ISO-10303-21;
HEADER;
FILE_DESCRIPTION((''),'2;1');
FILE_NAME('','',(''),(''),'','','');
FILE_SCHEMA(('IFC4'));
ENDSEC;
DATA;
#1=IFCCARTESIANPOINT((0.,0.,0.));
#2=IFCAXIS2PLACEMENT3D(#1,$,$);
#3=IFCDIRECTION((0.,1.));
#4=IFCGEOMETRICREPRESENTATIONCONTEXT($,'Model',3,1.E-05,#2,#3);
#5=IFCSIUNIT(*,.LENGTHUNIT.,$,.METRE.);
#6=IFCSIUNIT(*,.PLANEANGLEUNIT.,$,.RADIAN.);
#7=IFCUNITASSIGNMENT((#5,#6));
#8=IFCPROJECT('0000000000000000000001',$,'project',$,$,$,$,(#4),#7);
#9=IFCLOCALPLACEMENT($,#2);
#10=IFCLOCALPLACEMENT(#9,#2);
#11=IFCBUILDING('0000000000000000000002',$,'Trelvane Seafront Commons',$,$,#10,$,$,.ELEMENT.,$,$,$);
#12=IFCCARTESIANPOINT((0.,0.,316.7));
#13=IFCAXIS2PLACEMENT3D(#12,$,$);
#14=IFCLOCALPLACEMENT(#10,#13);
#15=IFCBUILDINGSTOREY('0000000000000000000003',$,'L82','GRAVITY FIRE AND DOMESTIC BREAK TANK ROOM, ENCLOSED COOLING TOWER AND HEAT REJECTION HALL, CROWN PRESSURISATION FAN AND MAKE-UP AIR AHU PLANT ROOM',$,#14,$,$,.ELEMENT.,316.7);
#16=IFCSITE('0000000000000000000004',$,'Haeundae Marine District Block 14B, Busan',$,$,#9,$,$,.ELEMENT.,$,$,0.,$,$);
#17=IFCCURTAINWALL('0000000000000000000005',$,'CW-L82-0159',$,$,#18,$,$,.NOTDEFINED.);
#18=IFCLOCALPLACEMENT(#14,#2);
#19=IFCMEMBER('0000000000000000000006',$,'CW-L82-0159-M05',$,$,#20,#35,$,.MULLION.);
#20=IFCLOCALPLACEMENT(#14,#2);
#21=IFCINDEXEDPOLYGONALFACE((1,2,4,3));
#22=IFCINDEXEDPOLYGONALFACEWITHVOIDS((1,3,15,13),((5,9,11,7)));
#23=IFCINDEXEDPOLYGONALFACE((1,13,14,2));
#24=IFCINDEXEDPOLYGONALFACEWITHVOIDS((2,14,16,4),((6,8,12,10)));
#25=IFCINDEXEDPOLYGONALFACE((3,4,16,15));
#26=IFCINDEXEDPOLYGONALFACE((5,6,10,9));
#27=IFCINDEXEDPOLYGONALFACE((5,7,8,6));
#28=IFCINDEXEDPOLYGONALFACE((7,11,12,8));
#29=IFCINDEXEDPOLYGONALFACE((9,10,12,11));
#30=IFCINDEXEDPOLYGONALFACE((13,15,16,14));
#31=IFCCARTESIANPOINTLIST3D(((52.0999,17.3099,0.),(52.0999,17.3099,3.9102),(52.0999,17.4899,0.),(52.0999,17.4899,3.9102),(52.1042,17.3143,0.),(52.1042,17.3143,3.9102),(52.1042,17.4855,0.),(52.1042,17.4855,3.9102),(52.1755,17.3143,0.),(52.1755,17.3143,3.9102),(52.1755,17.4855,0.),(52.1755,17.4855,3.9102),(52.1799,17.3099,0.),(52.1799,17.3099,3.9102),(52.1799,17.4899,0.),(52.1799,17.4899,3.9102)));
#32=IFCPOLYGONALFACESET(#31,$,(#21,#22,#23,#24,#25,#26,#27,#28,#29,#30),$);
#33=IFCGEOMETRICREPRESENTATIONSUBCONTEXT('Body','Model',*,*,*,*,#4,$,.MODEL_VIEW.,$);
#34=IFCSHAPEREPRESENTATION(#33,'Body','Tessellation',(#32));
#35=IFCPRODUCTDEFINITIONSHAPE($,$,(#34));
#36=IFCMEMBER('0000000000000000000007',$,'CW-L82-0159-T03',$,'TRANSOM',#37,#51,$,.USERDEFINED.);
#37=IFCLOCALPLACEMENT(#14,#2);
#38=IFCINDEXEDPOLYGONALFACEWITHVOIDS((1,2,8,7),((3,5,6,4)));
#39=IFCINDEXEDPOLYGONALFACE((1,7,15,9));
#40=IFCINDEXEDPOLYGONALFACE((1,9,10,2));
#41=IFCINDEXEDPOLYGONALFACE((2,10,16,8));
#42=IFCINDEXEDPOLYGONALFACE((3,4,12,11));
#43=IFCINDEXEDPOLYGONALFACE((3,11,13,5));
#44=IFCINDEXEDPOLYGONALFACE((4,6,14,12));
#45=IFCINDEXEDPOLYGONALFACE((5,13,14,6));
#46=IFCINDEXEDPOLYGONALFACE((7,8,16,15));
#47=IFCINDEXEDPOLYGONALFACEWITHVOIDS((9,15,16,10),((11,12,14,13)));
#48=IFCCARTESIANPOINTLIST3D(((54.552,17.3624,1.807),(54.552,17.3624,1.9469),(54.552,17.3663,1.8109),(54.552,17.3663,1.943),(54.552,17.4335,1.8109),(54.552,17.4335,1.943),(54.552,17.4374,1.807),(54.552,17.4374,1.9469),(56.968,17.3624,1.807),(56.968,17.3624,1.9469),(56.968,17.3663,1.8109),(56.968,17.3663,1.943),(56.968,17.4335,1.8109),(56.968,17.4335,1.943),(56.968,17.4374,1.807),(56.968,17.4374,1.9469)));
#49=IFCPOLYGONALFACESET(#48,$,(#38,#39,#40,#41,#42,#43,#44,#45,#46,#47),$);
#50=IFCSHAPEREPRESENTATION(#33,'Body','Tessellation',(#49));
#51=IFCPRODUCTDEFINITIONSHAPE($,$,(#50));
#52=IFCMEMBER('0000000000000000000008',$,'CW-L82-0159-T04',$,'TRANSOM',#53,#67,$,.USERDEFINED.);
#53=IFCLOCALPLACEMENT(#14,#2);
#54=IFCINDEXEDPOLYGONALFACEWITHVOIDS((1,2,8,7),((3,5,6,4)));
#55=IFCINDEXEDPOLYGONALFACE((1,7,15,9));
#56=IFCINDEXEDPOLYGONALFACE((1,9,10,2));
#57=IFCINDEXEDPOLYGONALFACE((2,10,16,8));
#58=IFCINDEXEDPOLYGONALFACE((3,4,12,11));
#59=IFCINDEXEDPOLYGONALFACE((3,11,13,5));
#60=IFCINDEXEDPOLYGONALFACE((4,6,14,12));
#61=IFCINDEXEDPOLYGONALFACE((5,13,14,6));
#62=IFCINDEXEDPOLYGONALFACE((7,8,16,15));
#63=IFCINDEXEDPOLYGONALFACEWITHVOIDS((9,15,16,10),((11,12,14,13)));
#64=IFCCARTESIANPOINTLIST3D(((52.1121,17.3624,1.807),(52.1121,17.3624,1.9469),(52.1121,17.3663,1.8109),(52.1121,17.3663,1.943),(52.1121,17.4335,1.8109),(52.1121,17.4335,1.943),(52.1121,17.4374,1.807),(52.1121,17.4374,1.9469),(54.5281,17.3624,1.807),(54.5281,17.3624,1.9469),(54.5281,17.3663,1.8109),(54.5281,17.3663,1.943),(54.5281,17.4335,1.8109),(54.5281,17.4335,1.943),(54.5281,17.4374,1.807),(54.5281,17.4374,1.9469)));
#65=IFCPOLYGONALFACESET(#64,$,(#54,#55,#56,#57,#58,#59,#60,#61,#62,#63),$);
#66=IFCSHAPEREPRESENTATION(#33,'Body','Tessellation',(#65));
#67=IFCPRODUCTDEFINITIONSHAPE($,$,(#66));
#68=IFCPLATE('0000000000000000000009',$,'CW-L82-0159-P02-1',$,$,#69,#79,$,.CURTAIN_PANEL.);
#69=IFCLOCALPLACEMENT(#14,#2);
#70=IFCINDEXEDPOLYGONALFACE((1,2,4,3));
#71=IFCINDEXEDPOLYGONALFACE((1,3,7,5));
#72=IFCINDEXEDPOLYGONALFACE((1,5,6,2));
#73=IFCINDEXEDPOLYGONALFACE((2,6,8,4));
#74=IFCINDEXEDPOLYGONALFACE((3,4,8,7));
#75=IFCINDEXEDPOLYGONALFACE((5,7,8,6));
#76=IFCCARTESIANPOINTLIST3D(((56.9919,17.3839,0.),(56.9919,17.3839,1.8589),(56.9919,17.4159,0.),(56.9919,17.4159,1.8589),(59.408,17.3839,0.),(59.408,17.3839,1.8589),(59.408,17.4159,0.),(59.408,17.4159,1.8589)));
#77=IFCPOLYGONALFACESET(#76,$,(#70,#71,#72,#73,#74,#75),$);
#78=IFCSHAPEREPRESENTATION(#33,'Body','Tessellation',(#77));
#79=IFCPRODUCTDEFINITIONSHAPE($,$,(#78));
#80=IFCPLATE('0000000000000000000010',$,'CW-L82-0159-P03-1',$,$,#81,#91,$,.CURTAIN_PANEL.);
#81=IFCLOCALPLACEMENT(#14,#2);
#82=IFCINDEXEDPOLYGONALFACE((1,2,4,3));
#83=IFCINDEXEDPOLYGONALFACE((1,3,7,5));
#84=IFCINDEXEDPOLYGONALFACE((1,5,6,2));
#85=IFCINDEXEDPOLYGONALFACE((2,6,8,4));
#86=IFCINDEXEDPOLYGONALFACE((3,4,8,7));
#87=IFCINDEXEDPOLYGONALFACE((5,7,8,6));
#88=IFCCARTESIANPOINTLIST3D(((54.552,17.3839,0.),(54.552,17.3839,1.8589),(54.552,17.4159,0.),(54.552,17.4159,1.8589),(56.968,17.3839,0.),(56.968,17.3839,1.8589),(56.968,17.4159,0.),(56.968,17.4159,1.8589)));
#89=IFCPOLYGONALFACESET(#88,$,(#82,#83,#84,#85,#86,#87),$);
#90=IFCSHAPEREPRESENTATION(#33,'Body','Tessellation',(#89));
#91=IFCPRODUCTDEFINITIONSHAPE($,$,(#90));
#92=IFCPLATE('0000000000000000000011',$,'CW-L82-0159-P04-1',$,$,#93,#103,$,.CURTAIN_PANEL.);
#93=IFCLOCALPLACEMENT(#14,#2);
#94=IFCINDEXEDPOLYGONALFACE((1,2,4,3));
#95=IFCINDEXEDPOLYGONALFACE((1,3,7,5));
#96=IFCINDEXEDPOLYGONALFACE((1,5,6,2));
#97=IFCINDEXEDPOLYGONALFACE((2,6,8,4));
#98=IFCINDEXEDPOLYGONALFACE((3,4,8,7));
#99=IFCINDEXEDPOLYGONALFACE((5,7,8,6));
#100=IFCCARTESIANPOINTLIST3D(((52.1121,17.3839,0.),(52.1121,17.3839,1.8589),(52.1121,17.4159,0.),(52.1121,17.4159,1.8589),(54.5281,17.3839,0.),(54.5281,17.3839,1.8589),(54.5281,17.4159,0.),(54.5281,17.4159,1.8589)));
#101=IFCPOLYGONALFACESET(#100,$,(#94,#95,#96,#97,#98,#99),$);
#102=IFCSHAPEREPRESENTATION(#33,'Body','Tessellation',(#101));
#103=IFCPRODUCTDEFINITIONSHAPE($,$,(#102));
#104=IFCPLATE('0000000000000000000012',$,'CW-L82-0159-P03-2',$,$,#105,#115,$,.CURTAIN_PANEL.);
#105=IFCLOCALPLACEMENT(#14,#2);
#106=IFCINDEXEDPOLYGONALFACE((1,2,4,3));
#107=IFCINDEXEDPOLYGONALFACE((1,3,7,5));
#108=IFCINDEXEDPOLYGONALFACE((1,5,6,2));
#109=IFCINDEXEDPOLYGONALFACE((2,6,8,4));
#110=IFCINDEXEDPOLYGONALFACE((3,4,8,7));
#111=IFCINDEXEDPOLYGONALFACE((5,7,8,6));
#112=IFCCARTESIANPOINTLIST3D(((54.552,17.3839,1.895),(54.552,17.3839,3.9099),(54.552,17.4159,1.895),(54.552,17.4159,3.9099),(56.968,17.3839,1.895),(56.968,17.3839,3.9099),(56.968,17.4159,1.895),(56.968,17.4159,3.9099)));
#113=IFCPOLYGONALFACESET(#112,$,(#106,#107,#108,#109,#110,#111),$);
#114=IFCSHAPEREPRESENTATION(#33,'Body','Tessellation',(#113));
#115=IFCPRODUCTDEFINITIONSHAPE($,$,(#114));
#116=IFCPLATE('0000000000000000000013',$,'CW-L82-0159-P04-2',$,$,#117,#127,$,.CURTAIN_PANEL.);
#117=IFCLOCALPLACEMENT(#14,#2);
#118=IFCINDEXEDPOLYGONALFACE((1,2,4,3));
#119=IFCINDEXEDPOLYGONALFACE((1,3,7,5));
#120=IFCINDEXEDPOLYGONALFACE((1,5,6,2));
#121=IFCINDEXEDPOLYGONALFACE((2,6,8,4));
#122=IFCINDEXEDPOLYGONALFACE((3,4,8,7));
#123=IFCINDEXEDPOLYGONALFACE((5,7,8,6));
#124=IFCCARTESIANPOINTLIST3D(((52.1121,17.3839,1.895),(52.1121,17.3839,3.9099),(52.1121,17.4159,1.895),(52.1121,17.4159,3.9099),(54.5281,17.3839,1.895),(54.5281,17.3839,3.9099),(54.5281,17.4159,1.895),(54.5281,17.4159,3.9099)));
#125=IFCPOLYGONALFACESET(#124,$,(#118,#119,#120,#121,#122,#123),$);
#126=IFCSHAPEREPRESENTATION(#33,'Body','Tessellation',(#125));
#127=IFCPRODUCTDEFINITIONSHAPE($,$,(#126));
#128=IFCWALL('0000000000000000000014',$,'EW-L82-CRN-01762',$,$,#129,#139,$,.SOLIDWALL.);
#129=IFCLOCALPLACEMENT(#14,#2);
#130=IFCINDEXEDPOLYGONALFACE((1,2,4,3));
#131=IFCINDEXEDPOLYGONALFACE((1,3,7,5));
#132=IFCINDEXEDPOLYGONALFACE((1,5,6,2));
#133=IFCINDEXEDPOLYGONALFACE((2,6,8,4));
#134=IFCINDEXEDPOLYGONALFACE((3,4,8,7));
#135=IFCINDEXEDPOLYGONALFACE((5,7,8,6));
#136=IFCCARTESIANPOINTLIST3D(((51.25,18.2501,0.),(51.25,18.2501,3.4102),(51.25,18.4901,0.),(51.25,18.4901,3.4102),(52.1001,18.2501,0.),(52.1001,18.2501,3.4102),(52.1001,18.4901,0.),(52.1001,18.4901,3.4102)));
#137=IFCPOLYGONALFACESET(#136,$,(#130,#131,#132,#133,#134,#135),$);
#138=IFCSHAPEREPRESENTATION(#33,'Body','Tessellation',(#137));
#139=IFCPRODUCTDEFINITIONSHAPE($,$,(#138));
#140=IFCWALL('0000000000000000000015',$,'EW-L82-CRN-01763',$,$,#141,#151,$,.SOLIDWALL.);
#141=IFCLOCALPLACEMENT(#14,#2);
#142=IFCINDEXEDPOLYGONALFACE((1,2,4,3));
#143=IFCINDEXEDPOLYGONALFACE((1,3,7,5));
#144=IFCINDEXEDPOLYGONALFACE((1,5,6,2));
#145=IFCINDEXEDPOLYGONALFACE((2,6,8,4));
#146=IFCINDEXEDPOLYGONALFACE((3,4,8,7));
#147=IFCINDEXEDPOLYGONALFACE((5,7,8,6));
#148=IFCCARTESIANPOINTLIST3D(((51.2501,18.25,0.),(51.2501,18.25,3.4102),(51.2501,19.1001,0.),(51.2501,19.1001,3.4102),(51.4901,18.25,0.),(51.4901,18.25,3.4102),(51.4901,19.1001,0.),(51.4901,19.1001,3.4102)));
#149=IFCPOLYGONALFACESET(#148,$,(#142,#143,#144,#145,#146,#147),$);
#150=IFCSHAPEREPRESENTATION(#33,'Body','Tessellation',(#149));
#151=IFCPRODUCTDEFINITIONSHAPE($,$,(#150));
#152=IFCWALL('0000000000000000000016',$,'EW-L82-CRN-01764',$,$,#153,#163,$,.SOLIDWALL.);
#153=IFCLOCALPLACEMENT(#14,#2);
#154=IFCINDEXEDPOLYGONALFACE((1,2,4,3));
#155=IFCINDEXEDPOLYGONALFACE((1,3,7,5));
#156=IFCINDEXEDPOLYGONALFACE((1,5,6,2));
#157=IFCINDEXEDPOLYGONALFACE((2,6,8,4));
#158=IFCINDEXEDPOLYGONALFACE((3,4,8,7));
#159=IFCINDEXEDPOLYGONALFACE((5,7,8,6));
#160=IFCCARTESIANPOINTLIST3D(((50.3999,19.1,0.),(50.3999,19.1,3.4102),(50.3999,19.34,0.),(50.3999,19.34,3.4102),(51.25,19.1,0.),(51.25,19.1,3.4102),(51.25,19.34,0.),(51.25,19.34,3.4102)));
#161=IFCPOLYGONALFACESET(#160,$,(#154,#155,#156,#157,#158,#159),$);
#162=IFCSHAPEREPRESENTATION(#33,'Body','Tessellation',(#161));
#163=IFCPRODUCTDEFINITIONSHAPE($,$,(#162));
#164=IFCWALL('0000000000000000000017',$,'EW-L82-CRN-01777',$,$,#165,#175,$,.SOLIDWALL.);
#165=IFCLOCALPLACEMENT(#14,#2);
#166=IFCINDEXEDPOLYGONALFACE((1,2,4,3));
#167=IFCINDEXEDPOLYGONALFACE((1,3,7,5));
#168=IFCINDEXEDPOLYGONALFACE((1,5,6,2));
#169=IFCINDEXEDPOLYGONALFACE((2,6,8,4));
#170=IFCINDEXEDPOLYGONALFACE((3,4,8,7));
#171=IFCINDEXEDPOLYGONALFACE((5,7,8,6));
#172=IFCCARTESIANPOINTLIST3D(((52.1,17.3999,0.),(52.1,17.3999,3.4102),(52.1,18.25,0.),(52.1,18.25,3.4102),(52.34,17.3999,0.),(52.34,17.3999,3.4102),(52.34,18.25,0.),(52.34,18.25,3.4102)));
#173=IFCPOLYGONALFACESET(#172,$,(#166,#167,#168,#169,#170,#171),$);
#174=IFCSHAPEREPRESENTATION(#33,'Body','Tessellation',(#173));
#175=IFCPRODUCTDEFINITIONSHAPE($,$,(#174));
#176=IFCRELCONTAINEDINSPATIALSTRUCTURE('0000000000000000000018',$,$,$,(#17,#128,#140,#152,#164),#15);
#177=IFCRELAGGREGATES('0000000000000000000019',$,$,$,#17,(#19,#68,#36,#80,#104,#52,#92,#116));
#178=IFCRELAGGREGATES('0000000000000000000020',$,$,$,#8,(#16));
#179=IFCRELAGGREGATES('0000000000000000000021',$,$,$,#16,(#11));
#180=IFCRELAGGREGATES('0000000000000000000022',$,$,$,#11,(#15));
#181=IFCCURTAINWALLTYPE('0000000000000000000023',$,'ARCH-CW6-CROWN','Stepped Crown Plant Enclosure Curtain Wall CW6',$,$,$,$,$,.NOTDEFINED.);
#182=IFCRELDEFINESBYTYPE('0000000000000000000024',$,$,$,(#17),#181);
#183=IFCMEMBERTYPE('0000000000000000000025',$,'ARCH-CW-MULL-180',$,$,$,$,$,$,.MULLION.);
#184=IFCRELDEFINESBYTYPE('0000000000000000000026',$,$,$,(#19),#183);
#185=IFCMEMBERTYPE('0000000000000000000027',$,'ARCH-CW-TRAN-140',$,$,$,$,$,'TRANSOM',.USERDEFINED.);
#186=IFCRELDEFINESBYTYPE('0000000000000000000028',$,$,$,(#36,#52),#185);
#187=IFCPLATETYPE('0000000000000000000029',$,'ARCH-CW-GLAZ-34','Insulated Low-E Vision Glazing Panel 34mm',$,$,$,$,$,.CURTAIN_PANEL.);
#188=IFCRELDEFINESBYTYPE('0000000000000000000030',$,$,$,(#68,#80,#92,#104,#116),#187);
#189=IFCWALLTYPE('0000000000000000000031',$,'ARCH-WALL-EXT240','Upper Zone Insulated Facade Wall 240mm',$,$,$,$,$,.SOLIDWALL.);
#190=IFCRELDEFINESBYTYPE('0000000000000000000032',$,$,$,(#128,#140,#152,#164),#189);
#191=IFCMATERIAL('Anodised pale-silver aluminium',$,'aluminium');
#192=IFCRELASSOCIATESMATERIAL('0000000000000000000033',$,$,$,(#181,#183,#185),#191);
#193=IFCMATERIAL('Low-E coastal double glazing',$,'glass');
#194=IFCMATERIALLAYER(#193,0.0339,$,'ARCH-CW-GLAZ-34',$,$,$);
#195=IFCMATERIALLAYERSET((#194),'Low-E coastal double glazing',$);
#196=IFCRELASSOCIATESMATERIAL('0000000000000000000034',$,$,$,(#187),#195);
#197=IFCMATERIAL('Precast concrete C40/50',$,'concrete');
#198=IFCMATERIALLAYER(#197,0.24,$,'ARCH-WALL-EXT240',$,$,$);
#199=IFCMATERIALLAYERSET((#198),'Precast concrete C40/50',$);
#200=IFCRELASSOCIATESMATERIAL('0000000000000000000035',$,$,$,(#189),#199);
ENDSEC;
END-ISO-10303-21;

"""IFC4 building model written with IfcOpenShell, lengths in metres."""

from ifc_helpers import new_model, si_unit, direction, frame, frame_2d, origin, origin_2d, place, context, subcontext, project, spatial, rectangle, hollow_rectangle, extrude, source, transform, mapped, material, layer, layer_set, material_profile, profile_set, type_object, element, aggregate, save


model = new_model("IFC4")

# Units and contexts
model_context = context("Model", 3, precision=1e-05, world=origin(), true_north=direction((0.0, 1.0)))
body_context = subcontext(model_context, "Body", "Model", "MODEL_VIEW")
ifc_project = project(units=[si_unit("LENGTHUNIT", "METRE"), si_unit("PLANEANGLEUNIT", "RADIAN")], contexts=[model_context])

# Site, building, storey
site_placement = place(None, origin())
site = spatial("IfcSite", under=ifc_project, at=site_placement, Name="Haeundae Marine District Block 14B, Busan", CompositionType="ELEMENT", RefElevation=0.0)
building_placement = place(site_placement, origin())
building = spatial("IfcBuilding", under=site, at=building_placement, Name="Trelvane Seafront Commons", CompositionType="ELEMENT")
storey_placement = place(building_placement, frame((0.0, 0.0, 316.7)))
storey = spatial("IfcBuildingStorey", under=building, at=storey_placement, Name="L82", Description="GRAVITY FIRE AND DOMESTIC BREAK TANK ROOM, ENCLOSED COOLING TOWER AND HEAT REJECTION HALL, CROWN PRESSURISATION FAN AND MAKE-UP AIR AHU PLANT ROOM", CompositionType="ELEMENT", Elevation=316.7)

# Curtain wall, members, plates
ifc_material_1 = material(Name="Anodised pale-silver aluminium", Category="aluminium")
curtain_wall_type = type_object("IfcCurtainWallType", Name="ARCH-CW6-CROWN", Description="Stepped Crown Plant Enclosure Curtain Wall CW6", PredefinedType="NOTDEFINED", material=ifc_material_1)
curtain_wall_placement = place(storey_placement, origin())
curtain_wall = element("IfcCurtainWall", 1, at=curtain_wall_placement, inside=storey, type_object=curtain_wall_type, Name="CW-L82-0159", PredefinedType="NOTDEFINED")
ifc_material_profile_1 = material_profile(ifc_material_1, hollow_rectangle(XDim=0.0801, YDim=0.1799, WallThickness=0.0044, at=origin_2d()), Name="MULL-80x180x4.5")
ifc_profile_set_1 = profile_set([ifc_material_profile_1], Name="Anodised pale-silver aluminium")
member_type_1 = type_object("IfcMemberType", Name="ARCH-CW-MULL-180", PredefinedType="MULLION", material=ifc_profile_set_1)
shared_shape_1 = source(origin(), body_context, "Body", "SweptSolid", [
    extrude(hollow_rectangle(XDim=0.0801, YDim=0.1799, WallThickness=0.0044, at=origin_2d()), origin(), (0.0, 0.0, 1.0), 3.9102),
])
member_1_placement = place(storey_placement, frame((52.1399, 17.3999, 0.0), z_axis=(0.0, 0.0, 1.0), x_axis=(1.0, 0.0, 0.0)))
member_1 = element("IfcMember", 2, at=member_1_placement, type_object=member_type_1, Name="CW-L82-0159-M05", PredefinedType="MULLION", context=body_context, shape_type="MappedRepresentation", body=[
    mapped(shared_shape_1, transform((0.0, 0.0, 0.0), x_axis=(1.0, 0.0, 0.0), y_axis=(0.0, 1.0, 0.0), z_axis=(0.0, 0.0, 1.0), scale=1.0)),
])
ifc_material_profile_2 = material_profile(ifc_material_1, hollow_rectangle(XDim=0.075, YDim=0.1399, WallThickness=0.0039, at=origin_2d()), Name="TRAN-75x140x4")
ifc_profile_set_2 = profile_set([ifc_material_profile_2], Name="Anodised pale-silver aluminium")
member_type_2 = type_object("IfcMemberType", Name="ARCH-CW-TRAN-140", ElementType="TRANSOM", PredefinedType="USERDEFINED", material=ifc_profile_set_2)
shared_shape_2 = source(origin(), body_context, "Body", "SweptSolid", [
    extrude(hollow_rectangle(XDim=0.075, YDim=0.1399, WallThickness=0.0039, at=origin_2d()), origin(), (0.0, 0.0, 1.0), 2.416),
])
member_2_placement = place(storey_placement, frame((56.968, 17.3999, 1.877), z_axis=(-1.0, 0.0, 0.0), x_axis=(0.0, -1.0, 0.0)))
member_2 = element("IfcMember", 3, at=member_2_placement, type_object=member_type_2, Name="CW-L82-0159-T03", ObjectType="TRANSOM", PredefinedType="USERDEFINED", context=body_context, shape_type="MappedRepresentation", body=[
    mapped(shared_shape_2, transform((0.0, 0.0, 0.0), x_axis=(1.0, 0.0, 0.0), y_axis=(0.0, 1.0, 0.0), z_axis=(0.0, 0.0, 1.0), scale=1.0)),
])
member_3_placement = place(storey_placement, frame((54.5281, 17.3999, 1.877), z_axis=(-1.0, 0.0, 0.0), x_axis=(0.0, -1.0, 0.0)))
member_3 = element("IfcMember", 4, at=member_3_placement, type_object=member_type_2, Name="CW-L82-0159-T04", ObjectType="TRANSOM", PredefinedType="USERDEFINED", context=body_context, shape_type="MappedRepresentation", body=[
    mapped(shared_shape_2, transform((0.0, 0.0, 0.0), x_axis=(1.0, 0.0, 0.0), y_axis=(0.0, 1.0, 0.0), z_axis=(0.0, 0.0, 1.0), scale=1.0)),
])
ifc_material_2 = material(Name="Low-E coastal double glazing", Category="glass")
ifc_layer_1 = layer(ifc_material_2, 0.0339, Name="ARCH-CW-GLAZ-34")
ifc_layer_set_1 = layer_set([ifc_layer_1], Name="Low-E coastal double glazing")
plate_type = type_object("IfcPlateType", Name="ARCH-CW-GLAZ-34", Description="Insulated Low-E Vision Glazing Panel 34mm", PredefinedType="CURTAIN_PANEL", material=ifc_layer_set_1)
shared_shape_3 = source(origin(), body_context, "Body", "SweptSolid", [
    extrude(rectangle(XDim=2.416, YDim=0.032, at=origin_2d()), origin(), (0.0, 0.0, 1.0), 1.8589),
])
plate_1_placement = place(storey_placement, frame((58.2, 17.3999, 0.0), z_axis=(0.0, 0.0, 1.0), x_axis=(-1.0, 0.0, 0.0)))
plate_1 = element("IfcPlate", 5, at=plate_1_placement, type_object=plate_type, Name="CW-L82-0159-P02-1", PredefinedType="CURTAIN_PANEL", context=body_context, shape_type="MappedRepresentation", body=[
    mapped(shared_shape_3, transform((0.0, 0.0, 0.0), x_axis=(1.0, 0.0, 0.0), y_axis=(0.0, 1.0, 0.0), z_axis=(0.0, 0.0, 1.0), scale=1.0)),
])
plate_2_placement = place(storey_placement, frame((55.76, 17.3999, 0.0), z_axis=(0.0, 0.0, 1.0), x_axis=(-1.0, 0.0, 0.0)))
plate_2 = element("IfcPlate", 6, at=plate_2_placement, type_object=plate_type, Name="CW-L82-0159-P03-1", PredefinedType="CURTAIN_PANEL", context=body_context, shape_type="MappedRepresentation", body=[
    mapped(shared_shape_3, transform((0.0, 0.0, 0.0), x_axis=(1.0, 0.0, 0.0), y_axis=(0.0, 1.0, 0.0), z_axis=(0.0, 0.0, 1.0), scale=1.0)),
])
plate_3_placement = place(storey_placement, frame((53.3201, 17.3999, 0.0), z_axis=(0.0, 0.0, 1.0), x_axis=(-1.0, 0.0, 0.0)))
plate_3 = element("IfcPlate", 7, at=plate_3_placement, type_object=plate_type, Name="CW-L82-0159-P04-1", PredefinedType="CURTAIN_PANEL", context=body_context, shape_type="MappedRepresentation", body=[
    mapped(shared_shape_3, transform((0.0, 0.0, 0.0), x_axis=(1.0, 0.0, 0.0), y_axis=(0.0, 1.0, 0.0), z_axis=(0.0, 0.0, 1.0), scale=1.0)),
])
shared_shape_4 = source(origin(), body_context, "Body", "SweptSolid", [
    extrude(rectangle(XDim=2.416, YDim=0.032, at=origin_2d()), origin(), (0.0, 0.0, 1.0), 2.0149),
])
plate_4_placement = place(storey_placement, frame((55.76, 17.3999, 1.895), z_axis=(0.0, 0.0, 1.0), x_axis=(-1.0, 0.0, 0.0)))
plate_4 = element("IfcPlate", 8, at=plate_4_placement, type_object=plate_type, Name="CW-L82-0159-P03-2", PredefinedType="CURTAIN_PANEL", context=body_context, shape_type="MappedRepresentation", body=[
    mapped(shared_shape_4, transform((0.0, 0.0, 0.0), x_axis=(1.0, 0.0, 0.0), y_axis=(0.0, 1.0, 0.0), z_axis=(0.0, 0.0, 1.0), scale=1.0)),
])
plate_5_placement = place(storey_placement, frame((53.3201, 17.3999, 1.895), z_axis=(0.0, 0.0, 1.0), x_axis=(-1.0, 0.0, 0.0)))
plate_5 = element("IfcPlate", 9, at=plate_5_placement, type_object=plate_type, Name="CW-L82-0159-P04-2", PredefinedType="CURTAIN_PANEL", context=body_context, shape_type="MappedRepresentation", body=[
    mapped(shared_shape_4, transform((0.0, 0.0, 0.0), x_axis=(1.0, 0.0, 0.0), y_axis=(0.0, 1.0, 0.0), z_axis=(0.0, 0.0, 1.0), scale=1.0)),
])
aggregate(curtain_wall, [member_1, plate_1, member_2, plate_2, plate_4, member_3, plate_3, plate_5])

# Walls
ifc_material_3 = material(Name="Precast concrete C40/50", Category="concrete")
ifc_layer_2 = layer(ifc_material_3, 0.24, Name="ARCH-WALL-EXT240")
ifc_layer_set_2 = layer_set([ifc_layer_2], Name="Precast concrete C40/50")
wall_type_1 = type_object("IfcWallType", Name="ARCH-WALL-EXT240", Description="Upper Zone Insulated Facade Wall 240mm", PredefinedType="SOLIDWALL", material=ifc_layer_set_2)
for number, where, z_axis, x_axis, name in (
    (10, (52.1001, 18.3701, 0.0), (0.0, 0.0, 1.0), (-1.0, 0.0, 0.0), "EW-L82-CRN-01762"),
    (11, (51.3701, 18.25, 0.0), (0.0, 0.0, 1.0), (0.0, 1.0, 0.0), "EW-L82-CRN-01763"),
    (12, (51.25, 19.22, 0.0), (0.0, 0.0, 1.0), (-1.0, 0.0, 0.0), "EW-L82-CRN-01764"),
    (13, (52.22, 17.3999, 0.0), (0.0, 0.0, 1.0), (0.0, 1.0, 0.0), "EW-L82-CRN-01777"),
):
    element("IfcWall", number, at=place(storey_placement, frame(where, z_axis=z_axis, x_axis=x_axis)), inside=storey, type_object=wall_type_1, Name=name, PredefinedType="SOLIDWALL", context=body_context, shape_type="SweptSolid", body=[
        extrude(rectangle(XDim=0.8501, YDim=0.24, at=frame_2d((0.425, 0.0))), origin(), (0.0, 0.0, 1.0), 3.4102),
    ])

save(model, "model.ifc")
